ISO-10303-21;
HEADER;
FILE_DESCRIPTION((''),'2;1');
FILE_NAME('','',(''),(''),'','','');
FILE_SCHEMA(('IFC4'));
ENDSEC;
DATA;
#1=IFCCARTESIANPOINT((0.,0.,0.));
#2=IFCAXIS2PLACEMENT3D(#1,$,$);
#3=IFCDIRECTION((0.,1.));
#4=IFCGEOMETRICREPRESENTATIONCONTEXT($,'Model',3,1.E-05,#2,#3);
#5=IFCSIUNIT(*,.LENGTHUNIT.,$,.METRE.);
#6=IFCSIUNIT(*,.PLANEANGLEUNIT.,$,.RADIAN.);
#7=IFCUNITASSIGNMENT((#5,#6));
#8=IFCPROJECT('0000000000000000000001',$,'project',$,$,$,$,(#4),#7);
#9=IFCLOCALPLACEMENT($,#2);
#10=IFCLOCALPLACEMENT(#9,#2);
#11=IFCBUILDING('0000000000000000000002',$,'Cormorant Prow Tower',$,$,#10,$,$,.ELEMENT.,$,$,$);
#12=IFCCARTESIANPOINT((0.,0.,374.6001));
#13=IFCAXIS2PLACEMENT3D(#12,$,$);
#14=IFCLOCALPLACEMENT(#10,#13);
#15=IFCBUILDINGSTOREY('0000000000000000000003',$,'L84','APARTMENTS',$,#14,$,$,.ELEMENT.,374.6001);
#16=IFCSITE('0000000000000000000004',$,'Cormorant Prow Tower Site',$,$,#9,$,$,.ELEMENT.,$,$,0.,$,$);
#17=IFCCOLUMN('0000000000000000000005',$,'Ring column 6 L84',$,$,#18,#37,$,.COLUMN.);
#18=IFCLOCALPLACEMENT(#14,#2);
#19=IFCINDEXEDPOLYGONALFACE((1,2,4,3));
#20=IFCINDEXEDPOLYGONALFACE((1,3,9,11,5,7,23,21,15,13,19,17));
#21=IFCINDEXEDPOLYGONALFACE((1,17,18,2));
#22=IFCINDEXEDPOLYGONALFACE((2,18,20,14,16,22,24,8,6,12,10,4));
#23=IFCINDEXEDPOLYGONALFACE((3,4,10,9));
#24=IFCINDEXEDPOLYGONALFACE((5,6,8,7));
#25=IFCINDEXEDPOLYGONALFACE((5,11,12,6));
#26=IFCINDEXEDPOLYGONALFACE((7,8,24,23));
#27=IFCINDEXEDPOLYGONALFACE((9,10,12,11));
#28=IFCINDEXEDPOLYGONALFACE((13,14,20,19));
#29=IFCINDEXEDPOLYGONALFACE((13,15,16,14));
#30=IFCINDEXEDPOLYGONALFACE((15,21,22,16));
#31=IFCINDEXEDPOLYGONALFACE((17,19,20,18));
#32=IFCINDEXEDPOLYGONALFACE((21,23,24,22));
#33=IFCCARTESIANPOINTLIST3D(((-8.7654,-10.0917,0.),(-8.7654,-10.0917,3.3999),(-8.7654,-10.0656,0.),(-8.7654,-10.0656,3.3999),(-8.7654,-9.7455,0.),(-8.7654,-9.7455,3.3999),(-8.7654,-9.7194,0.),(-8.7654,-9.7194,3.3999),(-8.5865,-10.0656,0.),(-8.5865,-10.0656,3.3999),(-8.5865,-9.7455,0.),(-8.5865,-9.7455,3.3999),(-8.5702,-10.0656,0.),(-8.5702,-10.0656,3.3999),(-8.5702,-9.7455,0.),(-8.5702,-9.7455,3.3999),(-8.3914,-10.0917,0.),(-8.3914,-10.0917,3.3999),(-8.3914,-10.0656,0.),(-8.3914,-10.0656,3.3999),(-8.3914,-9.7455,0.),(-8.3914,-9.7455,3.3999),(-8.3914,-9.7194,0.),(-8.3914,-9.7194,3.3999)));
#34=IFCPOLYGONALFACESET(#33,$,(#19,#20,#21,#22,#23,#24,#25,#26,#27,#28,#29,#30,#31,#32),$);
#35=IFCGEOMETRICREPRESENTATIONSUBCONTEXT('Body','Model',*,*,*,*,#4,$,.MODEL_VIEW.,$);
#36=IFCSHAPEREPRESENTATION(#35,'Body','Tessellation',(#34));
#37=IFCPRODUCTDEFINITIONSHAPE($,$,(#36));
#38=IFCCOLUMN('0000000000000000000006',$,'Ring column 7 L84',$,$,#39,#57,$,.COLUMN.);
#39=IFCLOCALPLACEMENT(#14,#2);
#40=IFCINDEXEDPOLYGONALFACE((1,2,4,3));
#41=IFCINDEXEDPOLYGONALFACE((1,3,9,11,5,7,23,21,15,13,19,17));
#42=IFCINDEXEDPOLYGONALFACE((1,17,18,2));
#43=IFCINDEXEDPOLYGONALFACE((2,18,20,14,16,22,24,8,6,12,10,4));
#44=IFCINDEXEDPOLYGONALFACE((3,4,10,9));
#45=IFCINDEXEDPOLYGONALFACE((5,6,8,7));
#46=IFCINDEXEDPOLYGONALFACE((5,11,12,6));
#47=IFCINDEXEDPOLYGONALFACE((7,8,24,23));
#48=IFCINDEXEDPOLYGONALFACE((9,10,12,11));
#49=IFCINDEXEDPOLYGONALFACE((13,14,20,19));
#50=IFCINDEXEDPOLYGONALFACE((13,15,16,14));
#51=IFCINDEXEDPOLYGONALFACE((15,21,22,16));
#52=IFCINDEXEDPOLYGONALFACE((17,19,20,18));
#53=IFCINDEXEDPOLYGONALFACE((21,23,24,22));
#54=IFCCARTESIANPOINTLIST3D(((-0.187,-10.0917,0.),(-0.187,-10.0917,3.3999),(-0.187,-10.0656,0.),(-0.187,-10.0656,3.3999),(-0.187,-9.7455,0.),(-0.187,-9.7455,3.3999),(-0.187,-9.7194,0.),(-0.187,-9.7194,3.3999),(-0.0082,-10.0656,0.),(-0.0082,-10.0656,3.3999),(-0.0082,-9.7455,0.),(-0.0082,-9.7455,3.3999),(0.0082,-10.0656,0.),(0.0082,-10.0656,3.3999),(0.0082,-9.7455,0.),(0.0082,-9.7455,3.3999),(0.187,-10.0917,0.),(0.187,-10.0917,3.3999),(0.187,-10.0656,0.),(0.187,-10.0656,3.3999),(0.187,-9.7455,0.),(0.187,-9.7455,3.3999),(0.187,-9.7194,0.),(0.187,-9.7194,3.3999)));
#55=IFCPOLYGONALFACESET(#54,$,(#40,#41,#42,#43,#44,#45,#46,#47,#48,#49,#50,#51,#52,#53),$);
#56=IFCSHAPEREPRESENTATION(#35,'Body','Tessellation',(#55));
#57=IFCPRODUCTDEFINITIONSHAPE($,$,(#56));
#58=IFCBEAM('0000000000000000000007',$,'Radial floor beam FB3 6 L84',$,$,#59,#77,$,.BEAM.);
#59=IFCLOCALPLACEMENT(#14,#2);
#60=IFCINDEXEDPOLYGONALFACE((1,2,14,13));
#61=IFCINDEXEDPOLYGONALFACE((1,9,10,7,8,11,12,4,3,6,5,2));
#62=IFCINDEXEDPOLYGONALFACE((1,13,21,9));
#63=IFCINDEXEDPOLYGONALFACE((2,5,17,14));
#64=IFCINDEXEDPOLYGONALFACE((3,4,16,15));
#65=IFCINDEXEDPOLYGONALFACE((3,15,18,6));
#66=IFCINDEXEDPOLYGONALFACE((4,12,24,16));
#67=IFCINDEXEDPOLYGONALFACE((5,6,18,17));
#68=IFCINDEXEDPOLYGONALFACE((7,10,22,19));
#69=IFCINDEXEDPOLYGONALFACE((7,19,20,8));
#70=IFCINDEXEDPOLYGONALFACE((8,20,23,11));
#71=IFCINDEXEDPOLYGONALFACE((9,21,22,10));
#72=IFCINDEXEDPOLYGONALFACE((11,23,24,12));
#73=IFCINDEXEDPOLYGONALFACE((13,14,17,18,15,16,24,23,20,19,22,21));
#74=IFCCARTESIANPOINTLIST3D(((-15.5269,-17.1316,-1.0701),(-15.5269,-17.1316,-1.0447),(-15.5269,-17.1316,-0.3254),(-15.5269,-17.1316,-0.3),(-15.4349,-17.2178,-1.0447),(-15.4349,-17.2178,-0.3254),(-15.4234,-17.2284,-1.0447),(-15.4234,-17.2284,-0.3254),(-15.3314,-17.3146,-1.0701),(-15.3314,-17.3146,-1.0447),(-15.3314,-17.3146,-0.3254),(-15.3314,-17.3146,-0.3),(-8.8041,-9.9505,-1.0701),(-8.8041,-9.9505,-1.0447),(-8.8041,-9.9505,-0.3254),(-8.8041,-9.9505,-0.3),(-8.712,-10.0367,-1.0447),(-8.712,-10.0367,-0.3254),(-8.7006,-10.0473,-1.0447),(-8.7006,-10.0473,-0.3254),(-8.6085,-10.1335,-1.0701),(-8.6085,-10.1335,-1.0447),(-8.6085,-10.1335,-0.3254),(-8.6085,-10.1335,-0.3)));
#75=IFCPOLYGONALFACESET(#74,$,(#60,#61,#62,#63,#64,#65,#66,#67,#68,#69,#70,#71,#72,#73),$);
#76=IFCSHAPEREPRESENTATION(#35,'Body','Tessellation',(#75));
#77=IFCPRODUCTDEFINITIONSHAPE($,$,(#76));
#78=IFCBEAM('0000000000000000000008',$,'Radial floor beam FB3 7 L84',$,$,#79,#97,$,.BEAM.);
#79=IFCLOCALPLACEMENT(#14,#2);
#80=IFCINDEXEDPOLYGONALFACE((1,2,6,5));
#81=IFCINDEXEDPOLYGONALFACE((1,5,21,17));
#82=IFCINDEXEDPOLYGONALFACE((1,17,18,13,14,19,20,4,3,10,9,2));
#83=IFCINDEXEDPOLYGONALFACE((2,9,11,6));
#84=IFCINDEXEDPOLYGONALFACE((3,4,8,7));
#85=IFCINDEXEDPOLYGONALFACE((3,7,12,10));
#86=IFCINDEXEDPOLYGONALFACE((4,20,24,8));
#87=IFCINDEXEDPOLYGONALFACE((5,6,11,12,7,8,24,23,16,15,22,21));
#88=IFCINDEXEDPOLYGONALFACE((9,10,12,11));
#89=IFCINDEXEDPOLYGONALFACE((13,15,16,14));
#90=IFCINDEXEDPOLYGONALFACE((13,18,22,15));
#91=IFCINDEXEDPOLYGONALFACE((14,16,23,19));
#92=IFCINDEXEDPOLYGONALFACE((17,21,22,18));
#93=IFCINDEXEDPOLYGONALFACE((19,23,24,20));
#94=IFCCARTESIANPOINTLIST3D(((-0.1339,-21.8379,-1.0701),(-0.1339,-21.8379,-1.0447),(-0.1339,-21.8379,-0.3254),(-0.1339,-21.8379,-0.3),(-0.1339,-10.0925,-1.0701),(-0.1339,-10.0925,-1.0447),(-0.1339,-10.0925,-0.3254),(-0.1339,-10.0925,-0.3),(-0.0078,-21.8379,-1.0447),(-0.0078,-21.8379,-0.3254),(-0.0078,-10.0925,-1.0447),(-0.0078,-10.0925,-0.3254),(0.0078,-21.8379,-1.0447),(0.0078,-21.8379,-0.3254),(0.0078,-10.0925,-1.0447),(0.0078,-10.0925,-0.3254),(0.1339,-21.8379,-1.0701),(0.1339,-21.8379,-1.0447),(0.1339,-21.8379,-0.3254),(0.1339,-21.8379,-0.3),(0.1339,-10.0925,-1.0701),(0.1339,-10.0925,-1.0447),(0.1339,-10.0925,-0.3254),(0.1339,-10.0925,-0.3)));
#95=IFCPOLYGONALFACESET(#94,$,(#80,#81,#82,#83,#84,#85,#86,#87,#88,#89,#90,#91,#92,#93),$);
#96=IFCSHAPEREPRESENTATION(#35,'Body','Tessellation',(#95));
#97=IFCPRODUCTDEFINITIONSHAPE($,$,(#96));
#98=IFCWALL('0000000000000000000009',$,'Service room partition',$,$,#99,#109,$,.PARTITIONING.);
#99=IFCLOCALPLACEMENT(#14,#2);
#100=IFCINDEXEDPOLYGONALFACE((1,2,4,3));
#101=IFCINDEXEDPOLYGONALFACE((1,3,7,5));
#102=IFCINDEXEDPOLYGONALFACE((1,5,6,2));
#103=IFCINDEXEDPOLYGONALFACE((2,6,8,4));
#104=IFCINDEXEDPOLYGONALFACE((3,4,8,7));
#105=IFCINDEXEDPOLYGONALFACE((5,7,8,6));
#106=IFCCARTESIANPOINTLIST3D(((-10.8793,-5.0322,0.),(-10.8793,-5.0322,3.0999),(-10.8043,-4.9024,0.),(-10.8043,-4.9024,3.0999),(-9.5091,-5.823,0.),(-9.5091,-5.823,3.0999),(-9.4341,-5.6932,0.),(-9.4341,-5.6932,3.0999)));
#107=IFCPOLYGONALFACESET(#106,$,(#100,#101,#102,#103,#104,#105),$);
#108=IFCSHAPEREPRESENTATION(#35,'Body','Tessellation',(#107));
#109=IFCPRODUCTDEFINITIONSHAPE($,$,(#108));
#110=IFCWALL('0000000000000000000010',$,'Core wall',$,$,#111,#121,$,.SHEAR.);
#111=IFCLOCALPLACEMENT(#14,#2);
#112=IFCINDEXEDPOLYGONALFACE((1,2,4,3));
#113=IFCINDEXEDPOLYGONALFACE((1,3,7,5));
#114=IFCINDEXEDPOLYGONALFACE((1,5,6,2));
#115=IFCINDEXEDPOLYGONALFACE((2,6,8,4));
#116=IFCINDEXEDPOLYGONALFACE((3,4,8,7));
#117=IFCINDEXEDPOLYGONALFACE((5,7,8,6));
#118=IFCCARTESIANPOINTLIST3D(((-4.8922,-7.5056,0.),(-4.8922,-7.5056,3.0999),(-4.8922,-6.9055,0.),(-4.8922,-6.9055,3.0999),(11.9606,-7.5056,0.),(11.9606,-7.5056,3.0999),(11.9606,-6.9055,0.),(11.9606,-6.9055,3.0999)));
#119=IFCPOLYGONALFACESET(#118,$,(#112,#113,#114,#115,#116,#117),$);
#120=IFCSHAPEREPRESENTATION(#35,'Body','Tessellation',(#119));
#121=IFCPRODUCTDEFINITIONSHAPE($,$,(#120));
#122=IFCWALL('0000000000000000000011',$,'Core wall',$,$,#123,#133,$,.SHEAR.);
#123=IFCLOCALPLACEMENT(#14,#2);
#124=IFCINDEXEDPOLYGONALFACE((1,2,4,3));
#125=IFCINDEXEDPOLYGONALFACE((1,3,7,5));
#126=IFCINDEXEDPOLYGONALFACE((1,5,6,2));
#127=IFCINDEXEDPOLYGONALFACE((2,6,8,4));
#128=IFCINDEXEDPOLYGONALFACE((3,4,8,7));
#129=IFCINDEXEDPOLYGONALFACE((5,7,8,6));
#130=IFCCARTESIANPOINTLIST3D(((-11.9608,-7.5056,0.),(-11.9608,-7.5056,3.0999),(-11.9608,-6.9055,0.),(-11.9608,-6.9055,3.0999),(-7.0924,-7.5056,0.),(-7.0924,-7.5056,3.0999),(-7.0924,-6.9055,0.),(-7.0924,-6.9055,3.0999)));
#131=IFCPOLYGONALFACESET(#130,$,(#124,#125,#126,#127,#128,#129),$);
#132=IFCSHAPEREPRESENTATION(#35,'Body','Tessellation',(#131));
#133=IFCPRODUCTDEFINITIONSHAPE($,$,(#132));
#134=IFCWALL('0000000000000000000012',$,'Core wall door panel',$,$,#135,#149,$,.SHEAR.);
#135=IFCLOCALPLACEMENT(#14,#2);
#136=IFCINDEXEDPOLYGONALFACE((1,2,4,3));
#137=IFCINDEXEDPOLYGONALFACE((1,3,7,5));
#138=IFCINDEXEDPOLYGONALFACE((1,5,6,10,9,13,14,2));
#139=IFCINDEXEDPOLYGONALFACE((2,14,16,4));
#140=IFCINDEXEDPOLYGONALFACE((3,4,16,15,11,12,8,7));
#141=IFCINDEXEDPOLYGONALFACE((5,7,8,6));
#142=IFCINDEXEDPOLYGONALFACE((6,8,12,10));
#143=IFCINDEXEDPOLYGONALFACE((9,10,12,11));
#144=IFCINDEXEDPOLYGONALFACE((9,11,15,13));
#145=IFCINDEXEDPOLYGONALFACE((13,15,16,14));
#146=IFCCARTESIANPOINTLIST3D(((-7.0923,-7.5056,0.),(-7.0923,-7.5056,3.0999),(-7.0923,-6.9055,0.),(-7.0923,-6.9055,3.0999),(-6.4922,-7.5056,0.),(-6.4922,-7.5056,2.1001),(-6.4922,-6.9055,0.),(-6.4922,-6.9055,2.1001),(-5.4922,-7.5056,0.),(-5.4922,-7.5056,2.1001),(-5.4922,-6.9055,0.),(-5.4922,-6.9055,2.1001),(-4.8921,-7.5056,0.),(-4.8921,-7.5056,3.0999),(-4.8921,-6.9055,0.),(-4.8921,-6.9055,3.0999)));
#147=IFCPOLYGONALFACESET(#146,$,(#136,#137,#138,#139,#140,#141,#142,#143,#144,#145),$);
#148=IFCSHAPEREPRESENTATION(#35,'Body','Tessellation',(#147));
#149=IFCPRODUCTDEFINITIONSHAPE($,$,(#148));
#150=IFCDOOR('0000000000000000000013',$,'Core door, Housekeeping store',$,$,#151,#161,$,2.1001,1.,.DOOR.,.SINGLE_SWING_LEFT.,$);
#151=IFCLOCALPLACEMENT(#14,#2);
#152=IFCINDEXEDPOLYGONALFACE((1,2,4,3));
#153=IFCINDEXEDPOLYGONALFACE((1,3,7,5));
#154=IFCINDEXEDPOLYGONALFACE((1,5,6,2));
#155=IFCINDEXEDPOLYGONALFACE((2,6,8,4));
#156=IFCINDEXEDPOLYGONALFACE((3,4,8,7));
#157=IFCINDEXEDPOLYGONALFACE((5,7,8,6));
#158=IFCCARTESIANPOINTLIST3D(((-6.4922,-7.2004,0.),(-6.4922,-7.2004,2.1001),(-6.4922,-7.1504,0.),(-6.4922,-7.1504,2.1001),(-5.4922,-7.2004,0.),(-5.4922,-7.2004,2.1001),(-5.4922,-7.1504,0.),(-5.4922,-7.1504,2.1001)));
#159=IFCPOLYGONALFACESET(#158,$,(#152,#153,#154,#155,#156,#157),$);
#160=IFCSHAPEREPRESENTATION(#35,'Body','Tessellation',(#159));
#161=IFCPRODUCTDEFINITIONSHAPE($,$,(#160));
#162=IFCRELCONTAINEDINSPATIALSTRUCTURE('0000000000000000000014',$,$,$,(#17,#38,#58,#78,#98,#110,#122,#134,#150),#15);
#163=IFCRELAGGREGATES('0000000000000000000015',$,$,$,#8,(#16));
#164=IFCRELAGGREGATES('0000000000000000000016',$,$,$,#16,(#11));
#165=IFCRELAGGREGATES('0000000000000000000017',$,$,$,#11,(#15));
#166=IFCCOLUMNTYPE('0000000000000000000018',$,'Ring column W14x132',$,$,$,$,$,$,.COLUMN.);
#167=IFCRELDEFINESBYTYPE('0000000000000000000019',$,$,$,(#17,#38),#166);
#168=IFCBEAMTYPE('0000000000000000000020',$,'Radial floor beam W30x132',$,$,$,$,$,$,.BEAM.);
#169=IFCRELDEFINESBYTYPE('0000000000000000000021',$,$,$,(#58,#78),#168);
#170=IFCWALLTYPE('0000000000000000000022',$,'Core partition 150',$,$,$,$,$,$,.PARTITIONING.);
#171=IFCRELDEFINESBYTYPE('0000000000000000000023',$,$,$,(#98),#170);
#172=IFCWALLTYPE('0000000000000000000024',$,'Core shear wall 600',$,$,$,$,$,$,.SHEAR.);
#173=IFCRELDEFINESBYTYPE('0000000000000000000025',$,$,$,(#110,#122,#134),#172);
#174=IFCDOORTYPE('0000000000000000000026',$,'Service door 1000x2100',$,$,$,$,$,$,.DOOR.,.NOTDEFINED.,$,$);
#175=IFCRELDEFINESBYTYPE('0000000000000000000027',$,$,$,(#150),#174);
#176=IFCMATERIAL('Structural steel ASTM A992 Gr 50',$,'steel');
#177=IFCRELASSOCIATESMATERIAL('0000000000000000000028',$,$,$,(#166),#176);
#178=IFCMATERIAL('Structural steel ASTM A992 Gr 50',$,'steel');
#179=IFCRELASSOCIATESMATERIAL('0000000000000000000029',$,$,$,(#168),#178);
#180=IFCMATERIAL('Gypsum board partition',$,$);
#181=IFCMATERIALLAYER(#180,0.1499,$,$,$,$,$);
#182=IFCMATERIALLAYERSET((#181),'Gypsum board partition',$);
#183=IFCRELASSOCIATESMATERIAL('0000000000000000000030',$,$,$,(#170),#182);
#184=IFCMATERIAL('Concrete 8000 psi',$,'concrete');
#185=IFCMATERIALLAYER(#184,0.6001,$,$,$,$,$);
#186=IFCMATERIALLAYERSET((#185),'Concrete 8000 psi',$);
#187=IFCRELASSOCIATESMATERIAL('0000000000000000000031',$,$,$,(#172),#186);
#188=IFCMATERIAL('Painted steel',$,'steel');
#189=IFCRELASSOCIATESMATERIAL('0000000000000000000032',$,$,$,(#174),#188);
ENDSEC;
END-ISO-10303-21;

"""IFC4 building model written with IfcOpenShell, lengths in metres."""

from ifc_helpers import new_model, si_unit, direction, frame, frame_2d, origin, origin_2d, place, context, subcontext, project, spatial, rectangle, i_section, extrude, material, layer, layer_set, material_profile, profile_set, type_object, element, fill, save


model = new_model("IFC4")

# Units and contexts
model_context = context("Model", 3, precision=1e-05, world=origin(), true_north=direction((0.0, 1.0)))
body_context = subcontext(model_context, "Body", "Model", "MODEL_VIEW")
ifc_project = project(units=[si_unit("LENGTHUNIT", "METRE"), si_unit("PLANEANGLEUNIT", "RADIAN")], contexts=[model_context])

# Site, building, storey
site_placement = place(None, origin())
site = spatial("IfcSite", under=ifc_project, at=site_placement, Name="Cormorant Prow Tower Site", CompositionType="ELEMENT", RefElevation=0.0)
building_placement = place(site_placement, origin())
building = spatial("IfcBuilding", under=site, at=building_placement, Name="Cormorant Prow Tower", CompositionType="ELEMENT")
storey_placement = place(building_placement, frame((0.0, 0.0, 374.6001)))
storey = spatial("IfcBuildingStorey", under=building, at=storey_placement, Name="L84", Description="APARTMENTS", CompositionType="ELEMENT", Elevation=374.6001)

# Columns
ifc_material_1 = material(Name="Structural steel ASTM A992 Gr 50", Category="steel")
ifc_material_profile_1 = material_profile(ifc_material_1, i_section(OverallWidth=0.374, OverallDepth=0.3723, WebThickness=0.0164, FlangeThickness=0.0261, at=origin_2d()), Name="W14x132")
ifc_profile_set_1 = profile_set([ifc_material_profile_1], Name="Structural steel ASTM A992 Gr 50")
column_type = type_object("IfcColumnType", Name="Ring column W14x132", PredefinedType="COLUMN", material=ifc_profile_set_1)
for number, where, z_axis, x_axis, name in (
    (1, (-8.5784, -9.9055, 0.0), (0.0, 0.0, 1.0), (1.0, 0.0, 0.0), "Ring column 6 L84"),
    (2, (0.0, -9.9055, 0.0), (0.0, 0.0, 1.0), (1.0, 0.0, 0.0), "Ring column 7 L84"),
):
    element("IfcColumn", number, at=place(storey_placement, frame(where, z_axis=z_axis, x_axis=x_axis)), inside=storey, type_object=column_type, Name=name, PredefinedType="COLUMN", context=body_context, shape_type="SweptSolid", body=[
        extrude(i_section(OverallWidth=0.374, OverallDepth=0.3723, WebThickness=0.0164, FlangeThickness=0.0261, at=origin_2d()), origin(), (0.0, 0.0, 1.0), 3.3999),
    ])

# Beams
ifc_material_2 = material(Name="Structural steel ASTM A992 Gr 50", Category="steel")
ifc_material_profile_2 = material_profile(ifc_material_2, i_section(OverallWidth=0.2678, OverallDepth=0.77, WebThickness=0.0156, FlangeThickness=0.0254, at=origin_2d()), Name="W30x132")
ifc_profile_set_2 = profile_set([ifc_material_profile_2], Name="Structural steel ASTM A992 Gr 50")
beam_type = type_object("IfcBeamType", Name="Radial floor beam W30x132", PredefinedType="BEAM", material=ifc_profile_set_2)
beam_1_placement = place(storey_placement, frame((-8.7063, -10.042, -0.6851), z_axis=(-0.683431, -0.730015, 0.0), x_axis=(0.730015, -0.683431, 0.0)))
element("IfcBeam", 3, at=beam_1_placement, inside=storey, type_object=beam_type, Name="Radial floor beam FB3 6 L84", PredefinedType="BEAM", context=body_context, shape_type="SweptSolid", body=[
    extrude(i_section(OverallWidth=0.2678, OverallDepth=0.77, WebThickness=0.0156, FlangeThickness=0.0254, at=origin_2d()), origin(), (0.0, 0.0, 1.0), 9.8369),
])
beam_2_placement = place(storey_placement, frame((0.0, -10.0925, -0.6851), z_axis=(0.0, -1.0, 0.0), x_axis=(1.0, 0.0, 0.0)))
element("IfcBeam", 4, at=beam_2_placement, inside=storey, type_object=beam_type, Name="Radial floor beam FB3 7 L84", PredefinedType="BEAM", context=body_context, shape_type="SweptSolid", body=[
    extrude(i_section(OverallWidth=0.2678, OverallDepth=0.77, WebThickness=0.0156, FlangeThickness=0.0254, at=origin_2d()), origin(), (0.0, 0.0, 1.0), 11.7454),
])

# Walls
ifc_material_3 = material(Name="Gypsum board partition")
ifc_layer_1 = layer(ifc_material_3, 0.1499)
ifc_layer_set_1 = layer_set([ifc_layer_1], Name="Gypsum board partition")
wall_type_1 = type_object("IfcWallType", Name="Core partition 150", PredefinedType="PARTITIONING", material=ifc_layer_set_1)
wall_1_placement = place(storey_placement, frame((-10.8418, -4.9673, 0.0), z_axis=(0.0, 0.0, 1.0), x_axis=(0.866098, -0.499874, 0.0)))
element("IfcWall", 5, at=wall_1_placement, inside=storey, type_object=wall_type_1, Name="Service room partition", PredefinedType="PARTITIONING", context=body_context, shape_type="SweptSolid", body=[
    extrude(rectangle(XDim=1.582, YDim=0.1499, at=frame_2d((0.791, 0.0))), origin(), (0.0, 0.0, 1.0), 3.0999),
])
ifc_material_4 = material(Name="Concrete 8000 psi", Category="concrete")
ifc_layer_2 = layer(ifc_material_4, 0.6001)
ifc_layer_set_2 = layer_set([ifc_layer_2], Name="Concrete 8000 psi")
wall_type_2 = type_object("IfcWallType", Name="Core shear wall 600", PredefinedType="SHEAR", material=ifc_layer_set_2)
wall_2_placement = place(storey_placement, frame((-4.8921, -7.2056, 0.0), z_axis=(0.0, 0.0, 1.0), x_axis=(1.0, 0.0, 0.0)))
element("IfcWall", 6, at=wall_2_placement, inside=storey, type_object=wall_type_2, Name="Core wall", PredefinedType="SHEAR", context=body_context, shape_type="SweptSolid", body=[
    extrude(rectangle(XDim=16.8528, YDim=0.6001, at=frame_2d((8.4263, 0.0))), origin(), (0.0, 0.0, 1.0), 3.0999),
])
wall_3_placement = place(storey_placement, frame((-11.9607, -7.2056, 0.0), z_axis=(0.0, 0.0, 1.0), x_axis=(1.0, 0.0, 0.0)))
element("IfcWall", 7, at=wall_3_placement, inside=storey, type_object=wall_type_2, Name="Core wall", PredefinedType="SHEAR", context=body_context, shape_type="SweptSolid", body=[
    extrude(rectangle(XDim=4.8684, YDim=0.6001, at=frame_2d((2.4341, 0.0))), origin(), (0.0, 0.0, 1.0), 3.0999),
])

# Wall, opening, door
wall_4_placement = place(storey_placement, frame((-7.0923, -7.2056, 0.0), z_axis=(0.0, 0.0, 1.0), x_axis=(1.0, 0.0, 0.0)))
wall_4 = element("IfcWall", 8, at=wall_4_placement, inside=storey, type_object=wall_type_2, Name="Core wall door panel", PredefinedType="SHEAR", context=body_context, shape_type="SweptSolid", body=[
    extrude(rectangle(XDim=2.2002, YDim=0.6001, at=frame_2d((1.1001, 0.0))), origin(), (0.0, 0.0, 1.0), 3.0999),
])
opening_1_placement = place(wall_4_placement, frame((0.6001, 0.0, 0.0)))
opening_1 = element("IfcOpeningElement", 9, at=opening_1_placement, cuts=wall_4, PredefinedType="OPENING", context=body_context, shape_type="SweptSolid", body=[
    extrude(rectangle(XDim=1.0, YDim=2.1001, at=frame_2d((0.5, 1.05))), frame((0.0, 0.3101, 0.0), z_axis=(0.0, -1.0, 0.0), x_axis=(1.0, 0.0, 0.0)), (0.0, 0.0, 1.0), 0.6201),
])
ifc_material_5 = material(Name="Painted steel", Category="steel")
door_type_1 = type_object("IfcDoorType", Name="Service door 1000x2100", OperationType="NOTDEFINED", PredefinedType="DOOR", material=ifc_material_5)
door_1_placement = place(opening_1_placement, origin())
door_1 = element("IfcDoor", 10, at=door_1_placement, inside=storey, type_object=door_type_1, Name="Core door, Housekeeping store", OperationType="SINGLE_SWING_LEFT", OverallHeight=2.1001, OverallWidth=1.0, PredefinedType="DOOR", context=body_context, shape_type="SweptSolid", body=[
    extrude(rectangle(XDim=1.0, YDim=2.1001, at=frame_2d((0.5, 1.05))), frame((0.0, 0.0552, 0.0), z_axis=(0.0, -1.0, 0.0), x_axis=(1.0, 0.0, 0.0)), (0.0, 0.0, 1.0), 0.05),
])
fill(opening_1, door_1)

save(model, "model.ifc")
